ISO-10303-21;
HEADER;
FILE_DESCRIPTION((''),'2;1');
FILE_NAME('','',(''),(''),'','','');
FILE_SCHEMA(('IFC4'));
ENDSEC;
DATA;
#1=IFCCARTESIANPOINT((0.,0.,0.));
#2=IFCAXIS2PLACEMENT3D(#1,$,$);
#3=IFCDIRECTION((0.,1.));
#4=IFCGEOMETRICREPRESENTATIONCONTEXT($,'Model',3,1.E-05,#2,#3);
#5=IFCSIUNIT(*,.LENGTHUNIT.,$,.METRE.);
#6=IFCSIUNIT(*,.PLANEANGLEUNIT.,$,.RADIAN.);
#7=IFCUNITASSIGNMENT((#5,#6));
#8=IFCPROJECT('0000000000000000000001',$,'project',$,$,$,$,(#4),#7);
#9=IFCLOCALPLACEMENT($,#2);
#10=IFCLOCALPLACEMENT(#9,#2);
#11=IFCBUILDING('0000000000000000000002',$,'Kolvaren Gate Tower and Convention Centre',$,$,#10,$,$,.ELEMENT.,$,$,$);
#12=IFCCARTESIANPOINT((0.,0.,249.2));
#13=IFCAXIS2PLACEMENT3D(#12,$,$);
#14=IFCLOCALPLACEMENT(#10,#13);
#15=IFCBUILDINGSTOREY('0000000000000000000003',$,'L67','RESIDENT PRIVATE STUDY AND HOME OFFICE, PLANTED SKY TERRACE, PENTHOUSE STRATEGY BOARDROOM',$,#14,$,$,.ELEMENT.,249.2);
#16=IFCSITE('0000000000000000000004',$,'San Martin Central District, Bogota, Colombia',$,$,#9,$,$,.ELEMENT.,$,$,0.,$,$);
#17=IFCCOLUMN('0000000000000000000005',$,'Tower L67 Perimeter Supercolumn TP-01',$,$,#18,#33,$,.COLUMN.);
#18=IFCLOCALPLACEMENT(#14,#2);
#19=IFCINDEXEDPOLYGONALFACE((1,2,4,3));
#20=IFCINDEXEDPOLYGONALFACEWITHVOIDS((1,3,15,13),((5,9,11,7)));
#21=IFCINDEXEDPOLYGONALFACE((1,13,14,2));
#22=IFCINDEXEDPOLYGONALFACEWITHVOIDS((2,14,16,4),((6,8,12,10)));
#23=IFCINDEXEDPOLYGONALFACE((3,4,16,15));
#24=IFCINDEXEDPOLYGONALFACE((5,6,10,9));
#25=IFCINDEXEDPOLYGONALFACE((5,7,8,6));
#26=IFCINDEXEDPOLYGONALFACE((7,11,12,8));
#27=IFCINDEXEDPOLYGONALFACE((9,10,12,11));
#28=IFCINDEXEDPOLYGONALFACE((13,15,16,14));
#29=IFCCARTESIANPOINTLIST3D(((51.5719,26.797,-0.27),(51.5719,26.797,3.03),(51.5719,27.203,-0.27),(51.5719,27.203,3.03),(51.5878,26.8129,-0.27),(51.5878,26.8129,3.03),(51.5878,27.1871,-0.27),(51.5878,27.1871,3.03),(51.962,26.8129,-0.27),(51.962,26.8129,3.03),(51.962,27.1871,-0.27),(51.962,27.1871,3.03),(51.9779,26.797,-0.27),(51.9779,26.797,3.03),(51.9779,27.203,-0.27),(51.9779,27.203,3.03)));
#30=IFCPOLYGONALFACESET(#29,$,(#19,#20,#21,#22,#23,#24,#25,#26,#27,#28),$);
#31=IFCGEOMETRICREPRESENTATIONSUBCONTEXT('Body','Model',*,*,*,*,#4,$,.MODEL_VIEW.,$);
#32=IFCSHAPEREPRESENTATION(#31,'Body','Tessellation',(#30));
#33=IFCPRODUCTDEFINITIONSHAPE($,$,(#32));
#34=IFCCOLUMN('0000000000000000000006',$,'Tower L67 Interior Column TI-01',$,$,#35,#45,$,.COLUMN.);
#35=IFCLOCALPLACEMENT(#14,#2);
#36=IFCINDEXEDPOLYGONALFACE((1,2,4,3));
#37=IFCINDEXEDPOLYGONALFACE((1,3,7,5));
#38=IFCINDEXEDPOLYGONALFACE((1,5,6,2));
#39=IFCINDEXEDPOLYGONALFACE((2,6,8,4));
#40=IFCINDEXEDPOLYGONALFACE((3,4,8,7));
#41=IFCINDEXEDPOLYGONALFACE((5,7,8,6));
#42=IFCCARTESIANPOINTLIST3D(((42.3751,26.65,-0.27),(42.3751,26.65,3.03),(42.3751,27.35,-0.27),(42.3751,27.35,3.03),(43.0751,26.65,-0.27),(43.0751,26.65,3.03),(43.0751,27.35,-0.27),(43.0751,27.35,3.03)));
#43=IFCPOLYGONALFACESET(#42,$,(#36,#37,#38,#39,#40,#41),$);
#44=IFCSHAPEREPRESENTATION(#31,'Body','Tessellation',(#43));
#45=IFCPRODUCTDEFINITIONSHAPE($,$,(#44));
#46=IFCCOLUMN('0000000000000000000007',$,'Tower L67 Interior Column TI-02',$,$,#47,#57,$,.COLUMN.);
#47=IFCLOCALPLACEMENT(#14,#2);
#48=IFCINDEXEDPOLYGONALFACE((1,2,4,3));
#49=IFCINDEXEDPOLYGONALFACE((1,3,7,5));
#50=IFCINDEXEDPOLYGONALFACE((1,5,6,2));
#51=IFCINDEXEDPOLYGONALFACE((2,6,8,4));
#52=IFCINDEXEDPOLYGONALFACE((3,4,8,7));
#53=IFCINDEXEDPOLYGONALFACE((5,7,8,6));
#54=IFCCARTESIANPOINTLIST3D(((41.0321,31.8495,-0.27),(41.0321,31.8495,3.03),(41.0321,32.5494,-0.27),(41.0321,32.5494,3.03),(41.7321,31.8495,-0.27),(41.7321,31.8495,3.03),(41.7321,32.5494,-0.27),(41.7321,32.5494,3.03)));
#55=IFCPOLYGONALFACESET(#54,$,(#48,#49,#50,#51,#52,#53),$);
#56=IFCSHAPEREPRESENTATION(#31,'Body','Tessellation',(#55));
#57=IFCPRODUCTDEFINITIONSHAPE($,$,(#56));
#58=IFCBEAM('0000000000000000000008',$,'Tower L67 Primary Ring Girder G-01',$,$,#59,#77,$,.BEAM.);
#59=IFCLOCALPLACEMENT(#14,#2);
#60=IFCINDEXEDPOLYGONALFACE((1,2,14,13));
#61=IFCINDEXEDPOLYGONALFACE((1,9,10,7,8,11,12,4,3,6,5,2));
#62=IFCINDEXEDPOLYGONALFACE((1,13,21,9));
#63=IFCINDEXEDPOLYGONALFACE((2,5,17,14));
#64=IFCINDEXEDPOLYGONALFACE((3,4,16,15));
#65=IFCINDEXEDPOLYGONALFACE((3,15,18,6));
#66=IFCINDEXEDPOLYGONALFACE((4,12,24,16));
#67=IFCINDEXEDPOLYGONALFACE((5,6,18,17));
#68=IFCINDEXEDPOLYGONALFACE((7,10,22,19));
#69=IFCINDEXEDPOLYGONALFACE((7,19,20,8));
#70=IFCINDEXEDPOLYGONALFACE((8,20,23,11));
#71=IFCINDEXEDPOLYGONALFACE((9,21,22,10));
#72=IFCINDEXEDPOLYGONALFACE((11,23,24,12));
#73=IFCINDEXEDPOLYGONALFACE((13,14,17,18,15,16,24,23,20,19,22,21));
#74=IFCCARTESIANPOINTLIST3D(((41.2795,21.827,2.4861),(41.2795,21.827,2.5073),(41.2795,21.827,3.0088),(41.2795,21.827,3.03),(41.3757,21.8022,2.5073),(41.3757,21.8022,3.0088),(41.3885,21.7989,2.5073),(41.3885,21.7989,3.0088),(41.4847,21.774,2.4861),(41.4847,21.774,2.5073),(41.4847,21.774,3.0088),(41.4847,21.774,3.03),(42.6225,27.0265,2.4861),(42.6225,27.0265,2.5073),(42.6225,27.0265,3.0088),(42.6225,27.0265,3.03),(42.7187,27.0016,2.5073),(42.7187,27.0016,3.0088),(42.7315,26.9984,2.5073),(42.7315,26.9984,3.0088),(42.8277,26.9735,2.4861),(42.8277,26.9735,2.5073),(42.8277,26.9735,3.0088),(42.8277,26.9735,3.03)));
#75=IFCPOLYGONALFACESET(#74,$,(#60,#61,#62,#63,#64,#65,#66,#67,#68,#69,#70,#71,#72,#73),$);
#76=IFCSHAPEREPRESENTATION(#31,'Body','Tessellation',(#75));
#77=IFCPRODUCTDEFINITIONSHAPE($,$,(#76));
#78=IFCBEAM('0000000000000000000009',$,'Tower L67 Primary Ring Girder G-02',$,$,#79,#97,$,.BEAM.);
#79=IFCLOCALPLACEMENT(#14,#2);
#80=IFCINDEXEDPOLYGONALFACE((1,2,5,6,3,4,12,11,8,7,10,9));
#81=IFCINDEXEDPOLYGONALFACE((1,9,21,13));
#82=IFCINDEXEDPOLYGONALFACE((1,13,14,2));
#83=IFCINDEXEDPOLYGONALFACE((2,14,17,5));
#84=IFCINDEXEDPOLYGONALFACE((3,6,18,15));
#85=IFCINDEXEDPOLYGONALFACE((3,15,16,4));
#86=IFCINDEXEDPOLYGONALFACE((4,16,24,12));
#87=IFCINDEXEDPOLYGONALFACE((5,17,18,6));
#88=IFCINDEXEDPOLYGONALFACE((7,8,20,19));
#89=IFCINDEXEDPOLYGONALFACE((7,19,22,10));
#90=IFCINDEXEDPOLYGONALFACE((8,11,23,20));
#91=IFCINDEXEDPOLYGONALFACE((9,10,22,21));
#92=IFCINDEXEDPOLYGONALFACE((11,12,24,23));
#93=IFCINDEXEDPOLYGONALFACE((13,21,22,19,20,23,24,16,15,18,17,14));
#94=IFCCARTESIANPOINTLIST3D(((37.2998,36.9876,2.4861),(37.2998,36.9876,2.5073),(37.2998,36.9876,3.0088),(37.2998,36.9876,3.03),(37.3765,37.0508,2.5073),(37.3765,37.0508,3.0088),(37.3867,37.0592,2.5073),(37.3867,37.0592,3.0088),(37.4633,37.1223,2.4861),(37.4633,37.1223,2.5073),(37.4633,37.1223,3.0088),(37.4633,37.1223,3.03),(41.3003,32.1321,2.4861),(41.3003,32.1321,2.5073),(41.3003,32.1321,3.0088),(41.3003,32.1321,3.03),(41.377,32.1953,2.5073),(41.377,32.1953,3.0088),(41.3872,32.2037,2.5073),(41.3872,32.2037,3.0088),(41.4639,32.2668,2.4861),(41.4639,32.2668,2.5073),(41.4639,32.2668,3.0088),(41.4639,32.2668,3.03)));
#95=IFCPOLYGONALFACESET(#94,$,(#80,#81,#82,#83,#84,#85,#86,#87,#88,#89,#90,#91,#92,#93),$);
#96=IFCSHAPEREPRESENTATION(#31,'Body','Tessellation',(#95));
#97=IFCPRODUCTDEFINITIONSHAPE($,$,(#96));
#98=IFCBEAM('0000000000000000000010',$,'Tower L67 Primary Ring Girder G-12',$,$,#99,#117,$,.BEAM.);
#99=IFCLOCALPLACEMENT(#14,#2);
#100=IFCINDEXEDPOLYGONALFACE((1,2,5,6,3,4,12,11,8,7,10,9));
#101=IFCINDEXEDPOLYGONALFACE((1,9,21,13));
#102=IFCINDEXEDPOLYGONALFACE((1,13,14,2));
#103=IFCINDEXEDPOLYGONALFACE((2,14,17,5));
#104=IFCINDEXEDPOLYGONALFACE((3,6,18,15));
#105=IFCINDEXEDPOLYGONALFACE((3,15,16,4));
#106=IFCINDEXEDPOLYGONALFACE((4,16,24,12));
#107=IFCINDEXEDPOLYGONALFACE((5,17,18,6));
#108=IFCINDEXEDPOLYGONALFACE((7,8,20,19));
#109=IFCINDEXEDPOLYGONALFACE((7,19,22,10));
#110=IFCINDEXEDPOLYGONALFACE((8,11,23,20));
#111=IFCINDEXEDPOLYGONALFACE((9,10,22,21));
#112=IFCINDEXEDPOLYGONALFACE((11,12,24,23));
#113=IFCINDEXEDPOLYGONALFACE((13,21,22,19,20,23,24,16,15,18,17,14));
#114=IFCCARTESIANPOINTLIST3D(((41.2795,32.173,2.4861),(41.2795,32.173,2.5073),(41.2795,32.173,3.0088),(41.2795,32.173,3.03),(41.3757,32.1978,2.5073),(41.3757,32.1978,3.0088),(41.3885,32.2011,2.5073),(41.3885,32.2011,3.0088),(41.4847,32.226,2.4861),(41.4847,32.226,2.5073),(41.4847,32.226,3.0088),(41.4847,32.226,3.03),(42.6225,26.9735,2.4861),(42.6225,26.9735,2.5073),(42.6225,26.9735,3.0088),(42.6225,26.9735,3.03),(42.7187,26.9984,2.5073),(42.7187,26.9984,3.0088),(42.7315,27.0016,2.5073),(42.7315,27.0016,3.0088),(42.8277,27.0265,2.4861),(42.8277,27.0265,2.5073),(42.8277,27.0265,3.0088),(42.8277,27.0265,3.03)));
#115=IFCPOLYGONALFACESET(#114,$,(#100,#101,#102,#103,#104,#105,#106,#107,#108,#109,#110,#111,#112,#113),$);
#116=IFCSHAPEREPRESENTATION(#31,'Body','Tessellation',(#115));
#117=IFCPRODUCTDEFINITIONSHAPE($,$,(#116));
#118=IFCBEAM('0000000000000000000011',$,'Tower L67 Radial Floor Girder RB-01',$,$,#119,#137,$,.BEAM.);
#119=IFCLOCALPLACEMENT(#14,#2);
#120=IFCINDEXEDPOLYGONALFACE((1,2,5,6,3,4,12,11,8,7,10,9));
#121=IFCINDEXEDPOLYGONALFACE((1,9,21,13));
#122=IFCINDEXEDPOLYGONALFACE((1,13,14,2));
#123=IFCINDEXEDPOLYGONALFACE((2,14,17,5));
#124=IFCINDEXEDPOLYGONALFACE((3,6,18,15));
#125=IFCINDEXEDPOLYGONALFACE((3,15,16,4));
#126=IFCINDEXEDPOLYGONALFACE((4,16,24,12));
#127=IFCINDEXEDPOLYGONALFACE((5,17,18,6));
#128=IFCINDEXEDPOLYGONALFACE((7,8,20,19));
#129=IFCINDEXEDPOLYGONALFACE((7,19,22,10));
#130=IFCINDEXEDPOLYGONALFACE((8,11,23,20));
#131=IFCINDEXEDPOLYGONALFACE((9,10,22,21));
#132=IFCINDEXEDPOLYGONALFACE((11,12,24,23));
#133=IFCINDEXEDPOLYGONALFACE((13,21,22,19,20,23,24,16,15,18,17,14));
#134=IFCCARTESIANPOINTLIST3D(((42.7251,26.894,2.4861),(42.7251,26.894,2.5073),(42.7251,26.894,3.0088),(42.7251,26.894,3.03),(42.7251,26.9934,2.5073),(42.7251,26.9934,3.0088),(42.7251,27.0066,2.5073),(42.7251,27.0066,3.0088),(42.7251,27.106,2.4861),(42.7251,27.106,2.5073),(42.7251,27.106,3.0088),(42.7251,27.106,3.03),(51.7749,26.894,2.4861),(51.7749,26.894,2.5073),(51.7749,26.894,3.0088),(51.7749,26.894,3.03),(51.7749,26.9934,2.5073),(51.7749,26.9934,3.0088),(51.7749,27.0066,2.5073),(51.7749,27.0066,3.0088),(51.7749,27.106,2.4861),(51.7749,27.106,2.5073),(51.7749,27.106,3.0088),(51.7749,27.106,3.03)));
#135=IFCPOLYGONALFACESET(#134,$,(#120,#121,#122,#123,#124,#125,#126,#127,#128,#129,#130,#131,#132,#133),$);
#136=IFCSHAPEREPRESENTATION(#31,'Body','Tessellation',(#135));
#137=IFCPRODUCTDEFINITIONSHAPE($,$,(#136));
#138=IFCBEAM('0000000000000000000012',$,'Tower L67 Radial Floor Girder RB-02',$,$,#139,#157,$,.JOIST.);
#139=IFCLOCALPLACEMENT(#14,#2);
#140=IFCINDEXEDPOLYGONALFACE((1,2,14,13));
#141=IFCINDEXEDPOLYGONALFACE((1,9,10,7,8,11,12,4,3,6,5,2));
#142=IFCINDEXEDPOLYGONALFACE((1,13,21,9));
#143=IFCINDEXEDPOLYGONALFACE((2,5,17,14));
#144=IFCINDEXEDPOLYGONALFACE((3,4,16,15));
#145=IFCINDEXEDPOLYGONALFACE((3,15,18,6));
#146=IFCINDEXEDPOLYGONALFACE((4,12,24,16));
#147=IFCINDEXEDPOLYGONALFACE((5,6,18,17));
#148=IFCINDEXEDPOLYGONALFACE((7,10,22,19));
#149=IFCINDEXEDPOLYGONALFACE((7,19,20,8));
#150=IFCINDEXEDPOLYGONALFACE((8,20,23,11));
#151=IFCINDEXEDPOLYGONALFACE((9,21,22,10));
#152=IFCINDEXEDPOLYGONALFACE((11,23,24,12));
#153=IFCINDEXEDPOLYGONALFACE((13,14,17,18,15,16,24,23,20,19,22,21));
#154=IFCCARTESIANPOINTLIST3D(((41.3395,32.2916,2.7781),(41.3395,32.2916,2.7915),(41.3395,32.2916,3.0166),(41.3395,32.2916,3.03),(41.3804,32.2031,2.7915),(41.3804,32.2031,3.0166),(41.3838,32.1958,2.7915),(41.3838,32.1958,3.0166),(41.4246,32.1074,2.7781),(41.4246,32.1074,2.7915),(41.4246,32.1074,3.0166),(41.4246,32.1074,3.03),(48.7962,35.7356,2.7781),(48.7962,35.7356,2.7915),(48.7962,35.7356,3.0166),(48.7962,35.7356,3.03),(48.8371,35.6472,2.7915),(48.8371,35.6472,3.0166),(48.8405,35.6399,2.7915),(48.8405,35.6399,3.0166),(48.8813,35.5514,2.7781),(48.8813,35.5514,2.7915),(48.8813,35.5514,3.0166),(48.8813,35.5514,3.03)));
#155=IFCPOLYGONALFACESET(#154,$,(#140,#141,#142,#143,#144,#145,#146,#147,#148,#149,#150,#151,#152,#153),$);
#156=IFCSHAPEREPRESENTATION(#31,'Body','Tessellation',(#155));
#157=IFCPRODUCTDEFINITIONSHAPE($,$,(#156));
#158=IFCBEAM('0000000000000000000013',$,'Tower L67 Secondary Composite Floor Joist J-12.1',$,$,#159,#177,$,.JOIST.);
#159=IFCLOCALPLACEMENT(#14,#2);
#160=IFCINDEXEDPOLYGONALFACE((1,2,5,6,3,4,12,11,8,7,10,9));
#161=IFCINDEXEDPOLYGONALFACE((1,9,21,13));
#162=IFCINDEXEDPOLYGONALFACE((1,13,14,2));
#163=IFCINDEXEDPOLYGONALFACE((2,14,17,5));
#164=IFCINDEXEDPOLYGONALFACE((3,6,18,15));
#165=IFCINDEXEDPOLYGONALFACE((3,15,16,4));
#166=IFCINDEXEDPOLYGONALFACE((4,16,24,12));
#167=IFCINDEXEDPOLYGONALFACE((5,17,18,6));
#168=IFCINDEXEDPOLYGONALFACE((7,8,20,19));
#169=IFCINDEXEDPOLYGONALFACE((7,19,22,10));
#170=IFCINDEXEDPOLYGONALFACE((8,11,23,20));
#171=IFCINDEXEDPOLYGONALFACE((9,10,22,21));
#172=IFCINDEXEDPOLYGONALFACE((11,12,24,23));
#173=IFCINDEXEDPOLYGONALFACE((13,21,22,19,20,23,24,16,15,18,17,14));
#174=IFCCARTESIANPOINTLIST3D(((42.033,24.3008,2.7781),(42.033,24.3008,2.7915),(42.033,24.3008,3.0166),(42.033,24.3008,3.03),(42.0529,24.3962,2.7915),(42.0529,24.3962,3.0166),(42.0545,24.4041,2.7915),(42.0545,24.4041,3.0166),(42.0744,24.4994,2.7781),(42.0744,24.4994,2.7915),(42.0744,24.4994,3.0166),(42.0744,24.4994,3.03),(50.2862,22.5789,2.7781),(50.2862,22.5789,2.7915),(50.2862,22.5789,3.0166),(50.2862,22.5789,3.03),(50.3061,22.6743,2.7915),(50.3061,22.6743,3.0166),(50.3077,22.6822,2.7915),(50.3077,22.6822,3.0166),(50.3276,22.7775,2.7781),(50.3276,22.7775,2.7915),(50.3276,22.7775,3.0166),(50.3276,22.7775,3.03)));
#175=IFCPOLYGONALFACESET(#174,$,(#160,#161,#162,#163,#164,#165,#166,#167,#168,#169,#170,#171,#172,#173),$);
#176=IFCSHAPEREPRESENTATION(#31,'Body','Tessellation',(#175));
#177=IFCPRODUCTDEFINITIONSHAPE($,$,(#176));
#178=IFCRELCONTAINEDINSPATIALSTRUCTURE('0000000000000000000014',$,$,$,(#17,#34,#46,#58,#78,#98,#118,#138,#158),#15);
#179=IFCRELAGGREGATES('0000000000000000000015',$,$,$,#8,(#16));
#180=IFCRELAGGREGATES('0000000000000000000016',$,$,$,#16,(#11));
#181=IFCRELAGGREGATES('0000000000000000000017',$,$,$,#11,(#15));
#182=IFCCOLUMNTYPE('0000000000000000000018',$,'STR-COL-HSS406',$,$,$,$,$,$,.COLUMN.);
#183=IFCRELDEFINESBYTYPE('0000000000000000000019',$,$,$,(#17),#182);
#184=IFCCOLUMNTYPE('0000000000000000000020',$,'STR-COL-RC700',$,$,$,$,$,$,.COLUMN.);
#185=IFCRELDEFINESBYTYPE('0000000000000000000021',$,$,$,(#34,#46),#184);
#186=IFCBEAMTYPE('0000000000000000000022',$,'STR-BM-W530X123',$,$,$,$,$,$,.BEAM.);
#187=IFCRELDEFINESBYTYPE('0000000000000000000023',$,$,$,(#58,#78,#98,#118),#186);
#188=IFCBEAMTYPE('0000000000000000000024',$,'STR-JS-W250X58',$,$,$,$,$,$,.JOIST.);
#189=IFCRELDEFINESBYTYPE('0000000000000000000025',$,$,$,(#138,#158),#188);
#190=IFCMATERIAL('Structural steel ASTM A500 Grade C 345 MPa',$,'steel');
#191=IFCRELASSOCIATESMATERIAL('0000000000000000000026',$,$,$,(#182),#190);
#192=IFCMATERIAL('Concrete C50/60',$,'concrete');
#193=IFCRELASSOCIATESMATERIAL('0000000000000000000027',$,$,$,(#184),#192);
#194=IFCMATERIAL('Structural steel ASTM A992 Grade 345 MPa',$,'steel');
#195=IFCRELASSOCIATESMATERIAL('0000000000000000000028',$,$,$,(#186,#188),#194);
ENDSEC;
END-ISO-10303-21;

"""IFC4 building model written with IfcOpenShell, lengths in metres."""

from ifc_helpers import new_model, si_unit, direction, frame, origin, origin_2d, place, context, subcontext, project, spatial, rectangle, hollow_rectangle, i_section, extrude, material, material_profile, profile_set, type_object, element, save


model = new_model("IFC4")

# Units and contexts
model_context = context("Model", 3, precision=1e-05, world=origin(), true_north=direction((0.0, 1.0)))
body_context = subcontext(model_context, "Body", "Model", "MODEL_VIEW")
ifc_project = project(units=[si_unit("LENGTHUNIT", "METRE"), si_unit("PLANEANGLEUNIT", "RADIAN")], contexts=[model_context])

# Site, building, storey
site_placement = place(None, origin())
site = spatial("IfcSite", under=ifc_project, at=site_placement, Name="San Martin Central District, Bogota, Colombia", CompositionType="ELEMENT", RefElevation=0.0)
building_placement = place(site_placement, origin())
building = spatial("IfcBuilding", under=site, at=building_placement, Name="Kolvaren Gate Tower and Convention Centre", CompositionType="ELEMENT")
storey_placement = place(building_placement, frame((0.0, 0.0, 249.2)))
storey = spatial("IfcBuildingStorey", under=building, at=storey_placement, Name="L67", Description="RESIDENT PRIVATE STUDY AND HOME OFFICE, PLANTED SKY TERRACE, PENTHOUSE STRATEGY BOARDROOM", CompositionType="ELEMENT", Elevation=249.2)

# Columns
ifc_material_1 = material(Name="Structural steel ASTM A500 Grade C 345 MPa", Category="steel")
ifc_material_profile_1 = material_profile(ifc_material_1, hollow_rectangle(XDim=0.406, YDim=0.406, WallThickness=0.0159, at=origin_2d()), Name="HSS406X406X15.9")
ifc_profile_set_1 = profile_set([ifc_material_profile_1], Name="Structural steel ASTM A500 Grade C 345 MPa")
column_type_1 = type_object("IfcColumnType", Name="STR-COL-HSS406", PredefinedType="COLUMN", material=ifc_profile_set_1)
column_placement = place(storey_placement, frame((51.7749, 27.0, -0.27), z_axis=(0.0, 0.0, 1.0), x_axis=(1.0, 0.0, 0.0)))
element("IfcColumn", 1, at=column_placement, inside=storey, type_object=column_type_1, Name="Tower L67 Perimeter Supercolumn TP-01", PredefinedType="COLUMN", context=body_context, shape_type="SweptSolid", body=[
    extrude(hollow_rectangle(XDim=0.406, YDim=0.406, WallThickness=0.0159, at=origin_2d()), origin(), (0.0, 0.0, 1.0), 3.3),
])
ifc_material_2 = material(Name="Concrete C50/60", Category="concrete")
ifc_material_profile_2 = material_profile(ifc_material_2, rectangle(XDim=0.7, YDim=0.7, at=origin_2d()), Name="RC-COL-700X700")
ifc_profile_set_2 = profile_set([ifc_material_profile_2], Name="Concrete C50/60")
column_type_2 = type_object("IfcColumnType", Name="STR-COL-RC700", PredefinedType="COLUMN", material=ifc_profile_set_2)
for number, where, z_axis, x_axis, name in (
    (2, (42.7251, 27.0, -0.27), (0.0, 0.0, 1.0), (1.0, 0.0, 0.0), "Tower L67 Interior Column TI-01"),
    (3, (41.3821, 32.1995, -0.27), (0.0, 0.0, 1.0), (1.0, 0.0, 0.0), "Tower L67 Interior Column TI-02"),
):
    element("IfcColumn", number, at=place(storey_placement, frame(where, z_axis=z_axis, x_axis=x_axis)), inside=storey, type_object=column_type_2, Name=name, PredefinedType="COLUMN", context=body_context, shape_type="SweptSolid", body=[
        extrude(rectangle(XDim=0.7, YDim=0.7, at=origin_2d()), origin(), (0.0, 0.0, 1.0), 3.3),
    ])

# Beams
ifc_material_3 = material(Name="Structural steel ASTM A992 Grade 345 MPa", Category="steel")
ifc_material_profile_3 = material_profile(ifc_material_3, i_section(OverallWidth=0.2119, OverallDepth=0.5439, WebThickness=0.0132, FlangeThickness=0.0212, at=origin_2d()), Name="W530X123")
ifc_profile_set_3 = profile_set([ifc_material_profile_3], Name="Structural steel ASTM A992 Grade 345 MPa")
beam_type_1 = type_object("IfcBeamType", Name="STR-BM-W530X123", PredefinedType="BEAM", material=ifc_profile_set_3)
beam_1_placement = place(storey_placement, frame((42.7251, 27.0, 2.7581), z_axis=(-0.250091, -0.968222, 0.0), x_axis=(0.968222, -0.250091, 0.0)))
element("IfcBeam", 4, at=beam_1_placement, inside=storey, type_object=beam_type_1, Name="Tower L67 Primary Ring Girder G-01", PredefinedType="BEAM", context=body_context, shape_type="SweptSolid", body=[
    extrude(i_section(OverallWidth=0.2119, OverallDepth=0.5439, WebThickness=0.0132, FlangeThickness=0.0212, at=origin_2d()), origin(), (0.0, 0.0, 1.0), 5.3701),
])
beam_2_placement = place(storey_placement, frame((41.3821, 32.1995, 2.7581), z_axis=(-0.635884, 0.771785, 0.0), x_axis=(-0.771785, -0.635884, 0.0)))
element("IfcBeam", 5, at=beam_2_placement, inside=storey, type_object=beam_type_1, Name="Tower L67 Primary Ring Girder G-02", PredefinedType="BEAM", context=body_context, shape_type="SweptSolid", body=[
    extrude(i_section(OverallWidth=0.2119, OverallDepth=0.5439, WebThickness=0.0132, FlangeThickness=0.0212, at=origin_2d()), origin(), (0.0, 0.0, 1.0), 6.2913),
])
beam_3_placement = place(storey_placement, frame((42.7251, 27.0, 2.7581), z_axis=(-0.250091, 0.968222, 0.0), x_axis=(-0.968222, -0.250091, 0.0)))
element("IfcBeam", 6, at=beam_3_placement, inside=storey, type_object=beam_type_1, Name="Tower L67 Primary Ring Girder G-12", PredefinedType="BEAM", context=body_context, shape_type="SweptSolid", body=[
    extrude(i_section(OverallWidth=0.2119, OverallDepth=0.5439, WebThickness=0.0132, FlangeThickness=0.0212, at=origin_2d()), origin(), (0.0, 0.0, 1.0), 5.3701),
])
beam_4_placement = place(storey_placement, frame((42.7251, 27.0, 2.7581), z_axis=(1.0, 0.0, 0.0), x_axis=(0.0, 1.0, 0.0)))
element("IfcBeam", 7, at=beam_4_placement, inside=storey, type_object=beam_type_1, Name="Tower L67 Radial Floor Girder RB-01", PredefinedType="BEAM", context=body_context, shape_type="SweptSolid", body=[
    extrude(i_section(OverallWidth=0.2119, OverallDepth=0.5439, WebThickness=0.0132, FlangeThickness=0.0212, at=origin_2d()), origin(), (0.0, 0.0, 1.0), 9.0498),
])
ifc_material_profile_4 = material_profile(ifc_material_3, i_section(OverallWidth=0.2029, OverallDepth=0.252, WebThickness=0.0081, FlangeThickness=0.0134, at=origin_2d()), Name="W250X58")
ifc_profile_set_4 = profile_set([ifc_material_profile_4], Name="Structural steel ASTM A992 Grade 345 MPa")
beam_type_2 = type_object("IfcBeamType", Name="STR-JS-W250X58", PredefinedType="JOIST", material=ifc_profile_set_4)
beam_5_placement = place(storey_placement, frame((41.3821, 32.1995, 2.9041), z_axis=(0.907844, 0.419309, 0.0), x_axis=(-0.419309, 0.907844, 0.0)))
element("IfcBeam", 8, at=beam_5_placement, inside=storey, type_object=beam_type_2, Name="Tower L67 Radial Floor Girder RB-02", PredefinedType="JOIST", context=body_context, shape_type="SweptSolid", body=[
    extrude(i_section(OverallWidth=0.2029, OverallDepth=0.252, WebThickness=0.0081, FlangeThickness=0.0134, at=origin_2d()), origin(), (0.0, 0.0, 1.0), 8.2136),
])
beam_6_placement = place(storey_placement, frame((42.0537, 24.4001, 2.9041), z_axis=(0.978921, -0.20424, 0.0), x_axis=(0.20424, 0.978921, 0.0)))
element("IfcBeam", 9, at=beam_6_placement, inside=storey, type_object=beam_type_2, Name="Tower L67 Secondary Composite Floor Joist J-12.1", PredefinedType="JOIST", context=body_context, shape_type="SweptSolid", body=[
    extrude(i_section(OverallWidth=0.2029, OverallDepth=0.252, WebThickness=0.0081, FlangeThickness=0.0134, at=origin_2d()), origin(), (0.0, 0.0, 1.0), 8.4309),
])

save(model, "model.ifc")
